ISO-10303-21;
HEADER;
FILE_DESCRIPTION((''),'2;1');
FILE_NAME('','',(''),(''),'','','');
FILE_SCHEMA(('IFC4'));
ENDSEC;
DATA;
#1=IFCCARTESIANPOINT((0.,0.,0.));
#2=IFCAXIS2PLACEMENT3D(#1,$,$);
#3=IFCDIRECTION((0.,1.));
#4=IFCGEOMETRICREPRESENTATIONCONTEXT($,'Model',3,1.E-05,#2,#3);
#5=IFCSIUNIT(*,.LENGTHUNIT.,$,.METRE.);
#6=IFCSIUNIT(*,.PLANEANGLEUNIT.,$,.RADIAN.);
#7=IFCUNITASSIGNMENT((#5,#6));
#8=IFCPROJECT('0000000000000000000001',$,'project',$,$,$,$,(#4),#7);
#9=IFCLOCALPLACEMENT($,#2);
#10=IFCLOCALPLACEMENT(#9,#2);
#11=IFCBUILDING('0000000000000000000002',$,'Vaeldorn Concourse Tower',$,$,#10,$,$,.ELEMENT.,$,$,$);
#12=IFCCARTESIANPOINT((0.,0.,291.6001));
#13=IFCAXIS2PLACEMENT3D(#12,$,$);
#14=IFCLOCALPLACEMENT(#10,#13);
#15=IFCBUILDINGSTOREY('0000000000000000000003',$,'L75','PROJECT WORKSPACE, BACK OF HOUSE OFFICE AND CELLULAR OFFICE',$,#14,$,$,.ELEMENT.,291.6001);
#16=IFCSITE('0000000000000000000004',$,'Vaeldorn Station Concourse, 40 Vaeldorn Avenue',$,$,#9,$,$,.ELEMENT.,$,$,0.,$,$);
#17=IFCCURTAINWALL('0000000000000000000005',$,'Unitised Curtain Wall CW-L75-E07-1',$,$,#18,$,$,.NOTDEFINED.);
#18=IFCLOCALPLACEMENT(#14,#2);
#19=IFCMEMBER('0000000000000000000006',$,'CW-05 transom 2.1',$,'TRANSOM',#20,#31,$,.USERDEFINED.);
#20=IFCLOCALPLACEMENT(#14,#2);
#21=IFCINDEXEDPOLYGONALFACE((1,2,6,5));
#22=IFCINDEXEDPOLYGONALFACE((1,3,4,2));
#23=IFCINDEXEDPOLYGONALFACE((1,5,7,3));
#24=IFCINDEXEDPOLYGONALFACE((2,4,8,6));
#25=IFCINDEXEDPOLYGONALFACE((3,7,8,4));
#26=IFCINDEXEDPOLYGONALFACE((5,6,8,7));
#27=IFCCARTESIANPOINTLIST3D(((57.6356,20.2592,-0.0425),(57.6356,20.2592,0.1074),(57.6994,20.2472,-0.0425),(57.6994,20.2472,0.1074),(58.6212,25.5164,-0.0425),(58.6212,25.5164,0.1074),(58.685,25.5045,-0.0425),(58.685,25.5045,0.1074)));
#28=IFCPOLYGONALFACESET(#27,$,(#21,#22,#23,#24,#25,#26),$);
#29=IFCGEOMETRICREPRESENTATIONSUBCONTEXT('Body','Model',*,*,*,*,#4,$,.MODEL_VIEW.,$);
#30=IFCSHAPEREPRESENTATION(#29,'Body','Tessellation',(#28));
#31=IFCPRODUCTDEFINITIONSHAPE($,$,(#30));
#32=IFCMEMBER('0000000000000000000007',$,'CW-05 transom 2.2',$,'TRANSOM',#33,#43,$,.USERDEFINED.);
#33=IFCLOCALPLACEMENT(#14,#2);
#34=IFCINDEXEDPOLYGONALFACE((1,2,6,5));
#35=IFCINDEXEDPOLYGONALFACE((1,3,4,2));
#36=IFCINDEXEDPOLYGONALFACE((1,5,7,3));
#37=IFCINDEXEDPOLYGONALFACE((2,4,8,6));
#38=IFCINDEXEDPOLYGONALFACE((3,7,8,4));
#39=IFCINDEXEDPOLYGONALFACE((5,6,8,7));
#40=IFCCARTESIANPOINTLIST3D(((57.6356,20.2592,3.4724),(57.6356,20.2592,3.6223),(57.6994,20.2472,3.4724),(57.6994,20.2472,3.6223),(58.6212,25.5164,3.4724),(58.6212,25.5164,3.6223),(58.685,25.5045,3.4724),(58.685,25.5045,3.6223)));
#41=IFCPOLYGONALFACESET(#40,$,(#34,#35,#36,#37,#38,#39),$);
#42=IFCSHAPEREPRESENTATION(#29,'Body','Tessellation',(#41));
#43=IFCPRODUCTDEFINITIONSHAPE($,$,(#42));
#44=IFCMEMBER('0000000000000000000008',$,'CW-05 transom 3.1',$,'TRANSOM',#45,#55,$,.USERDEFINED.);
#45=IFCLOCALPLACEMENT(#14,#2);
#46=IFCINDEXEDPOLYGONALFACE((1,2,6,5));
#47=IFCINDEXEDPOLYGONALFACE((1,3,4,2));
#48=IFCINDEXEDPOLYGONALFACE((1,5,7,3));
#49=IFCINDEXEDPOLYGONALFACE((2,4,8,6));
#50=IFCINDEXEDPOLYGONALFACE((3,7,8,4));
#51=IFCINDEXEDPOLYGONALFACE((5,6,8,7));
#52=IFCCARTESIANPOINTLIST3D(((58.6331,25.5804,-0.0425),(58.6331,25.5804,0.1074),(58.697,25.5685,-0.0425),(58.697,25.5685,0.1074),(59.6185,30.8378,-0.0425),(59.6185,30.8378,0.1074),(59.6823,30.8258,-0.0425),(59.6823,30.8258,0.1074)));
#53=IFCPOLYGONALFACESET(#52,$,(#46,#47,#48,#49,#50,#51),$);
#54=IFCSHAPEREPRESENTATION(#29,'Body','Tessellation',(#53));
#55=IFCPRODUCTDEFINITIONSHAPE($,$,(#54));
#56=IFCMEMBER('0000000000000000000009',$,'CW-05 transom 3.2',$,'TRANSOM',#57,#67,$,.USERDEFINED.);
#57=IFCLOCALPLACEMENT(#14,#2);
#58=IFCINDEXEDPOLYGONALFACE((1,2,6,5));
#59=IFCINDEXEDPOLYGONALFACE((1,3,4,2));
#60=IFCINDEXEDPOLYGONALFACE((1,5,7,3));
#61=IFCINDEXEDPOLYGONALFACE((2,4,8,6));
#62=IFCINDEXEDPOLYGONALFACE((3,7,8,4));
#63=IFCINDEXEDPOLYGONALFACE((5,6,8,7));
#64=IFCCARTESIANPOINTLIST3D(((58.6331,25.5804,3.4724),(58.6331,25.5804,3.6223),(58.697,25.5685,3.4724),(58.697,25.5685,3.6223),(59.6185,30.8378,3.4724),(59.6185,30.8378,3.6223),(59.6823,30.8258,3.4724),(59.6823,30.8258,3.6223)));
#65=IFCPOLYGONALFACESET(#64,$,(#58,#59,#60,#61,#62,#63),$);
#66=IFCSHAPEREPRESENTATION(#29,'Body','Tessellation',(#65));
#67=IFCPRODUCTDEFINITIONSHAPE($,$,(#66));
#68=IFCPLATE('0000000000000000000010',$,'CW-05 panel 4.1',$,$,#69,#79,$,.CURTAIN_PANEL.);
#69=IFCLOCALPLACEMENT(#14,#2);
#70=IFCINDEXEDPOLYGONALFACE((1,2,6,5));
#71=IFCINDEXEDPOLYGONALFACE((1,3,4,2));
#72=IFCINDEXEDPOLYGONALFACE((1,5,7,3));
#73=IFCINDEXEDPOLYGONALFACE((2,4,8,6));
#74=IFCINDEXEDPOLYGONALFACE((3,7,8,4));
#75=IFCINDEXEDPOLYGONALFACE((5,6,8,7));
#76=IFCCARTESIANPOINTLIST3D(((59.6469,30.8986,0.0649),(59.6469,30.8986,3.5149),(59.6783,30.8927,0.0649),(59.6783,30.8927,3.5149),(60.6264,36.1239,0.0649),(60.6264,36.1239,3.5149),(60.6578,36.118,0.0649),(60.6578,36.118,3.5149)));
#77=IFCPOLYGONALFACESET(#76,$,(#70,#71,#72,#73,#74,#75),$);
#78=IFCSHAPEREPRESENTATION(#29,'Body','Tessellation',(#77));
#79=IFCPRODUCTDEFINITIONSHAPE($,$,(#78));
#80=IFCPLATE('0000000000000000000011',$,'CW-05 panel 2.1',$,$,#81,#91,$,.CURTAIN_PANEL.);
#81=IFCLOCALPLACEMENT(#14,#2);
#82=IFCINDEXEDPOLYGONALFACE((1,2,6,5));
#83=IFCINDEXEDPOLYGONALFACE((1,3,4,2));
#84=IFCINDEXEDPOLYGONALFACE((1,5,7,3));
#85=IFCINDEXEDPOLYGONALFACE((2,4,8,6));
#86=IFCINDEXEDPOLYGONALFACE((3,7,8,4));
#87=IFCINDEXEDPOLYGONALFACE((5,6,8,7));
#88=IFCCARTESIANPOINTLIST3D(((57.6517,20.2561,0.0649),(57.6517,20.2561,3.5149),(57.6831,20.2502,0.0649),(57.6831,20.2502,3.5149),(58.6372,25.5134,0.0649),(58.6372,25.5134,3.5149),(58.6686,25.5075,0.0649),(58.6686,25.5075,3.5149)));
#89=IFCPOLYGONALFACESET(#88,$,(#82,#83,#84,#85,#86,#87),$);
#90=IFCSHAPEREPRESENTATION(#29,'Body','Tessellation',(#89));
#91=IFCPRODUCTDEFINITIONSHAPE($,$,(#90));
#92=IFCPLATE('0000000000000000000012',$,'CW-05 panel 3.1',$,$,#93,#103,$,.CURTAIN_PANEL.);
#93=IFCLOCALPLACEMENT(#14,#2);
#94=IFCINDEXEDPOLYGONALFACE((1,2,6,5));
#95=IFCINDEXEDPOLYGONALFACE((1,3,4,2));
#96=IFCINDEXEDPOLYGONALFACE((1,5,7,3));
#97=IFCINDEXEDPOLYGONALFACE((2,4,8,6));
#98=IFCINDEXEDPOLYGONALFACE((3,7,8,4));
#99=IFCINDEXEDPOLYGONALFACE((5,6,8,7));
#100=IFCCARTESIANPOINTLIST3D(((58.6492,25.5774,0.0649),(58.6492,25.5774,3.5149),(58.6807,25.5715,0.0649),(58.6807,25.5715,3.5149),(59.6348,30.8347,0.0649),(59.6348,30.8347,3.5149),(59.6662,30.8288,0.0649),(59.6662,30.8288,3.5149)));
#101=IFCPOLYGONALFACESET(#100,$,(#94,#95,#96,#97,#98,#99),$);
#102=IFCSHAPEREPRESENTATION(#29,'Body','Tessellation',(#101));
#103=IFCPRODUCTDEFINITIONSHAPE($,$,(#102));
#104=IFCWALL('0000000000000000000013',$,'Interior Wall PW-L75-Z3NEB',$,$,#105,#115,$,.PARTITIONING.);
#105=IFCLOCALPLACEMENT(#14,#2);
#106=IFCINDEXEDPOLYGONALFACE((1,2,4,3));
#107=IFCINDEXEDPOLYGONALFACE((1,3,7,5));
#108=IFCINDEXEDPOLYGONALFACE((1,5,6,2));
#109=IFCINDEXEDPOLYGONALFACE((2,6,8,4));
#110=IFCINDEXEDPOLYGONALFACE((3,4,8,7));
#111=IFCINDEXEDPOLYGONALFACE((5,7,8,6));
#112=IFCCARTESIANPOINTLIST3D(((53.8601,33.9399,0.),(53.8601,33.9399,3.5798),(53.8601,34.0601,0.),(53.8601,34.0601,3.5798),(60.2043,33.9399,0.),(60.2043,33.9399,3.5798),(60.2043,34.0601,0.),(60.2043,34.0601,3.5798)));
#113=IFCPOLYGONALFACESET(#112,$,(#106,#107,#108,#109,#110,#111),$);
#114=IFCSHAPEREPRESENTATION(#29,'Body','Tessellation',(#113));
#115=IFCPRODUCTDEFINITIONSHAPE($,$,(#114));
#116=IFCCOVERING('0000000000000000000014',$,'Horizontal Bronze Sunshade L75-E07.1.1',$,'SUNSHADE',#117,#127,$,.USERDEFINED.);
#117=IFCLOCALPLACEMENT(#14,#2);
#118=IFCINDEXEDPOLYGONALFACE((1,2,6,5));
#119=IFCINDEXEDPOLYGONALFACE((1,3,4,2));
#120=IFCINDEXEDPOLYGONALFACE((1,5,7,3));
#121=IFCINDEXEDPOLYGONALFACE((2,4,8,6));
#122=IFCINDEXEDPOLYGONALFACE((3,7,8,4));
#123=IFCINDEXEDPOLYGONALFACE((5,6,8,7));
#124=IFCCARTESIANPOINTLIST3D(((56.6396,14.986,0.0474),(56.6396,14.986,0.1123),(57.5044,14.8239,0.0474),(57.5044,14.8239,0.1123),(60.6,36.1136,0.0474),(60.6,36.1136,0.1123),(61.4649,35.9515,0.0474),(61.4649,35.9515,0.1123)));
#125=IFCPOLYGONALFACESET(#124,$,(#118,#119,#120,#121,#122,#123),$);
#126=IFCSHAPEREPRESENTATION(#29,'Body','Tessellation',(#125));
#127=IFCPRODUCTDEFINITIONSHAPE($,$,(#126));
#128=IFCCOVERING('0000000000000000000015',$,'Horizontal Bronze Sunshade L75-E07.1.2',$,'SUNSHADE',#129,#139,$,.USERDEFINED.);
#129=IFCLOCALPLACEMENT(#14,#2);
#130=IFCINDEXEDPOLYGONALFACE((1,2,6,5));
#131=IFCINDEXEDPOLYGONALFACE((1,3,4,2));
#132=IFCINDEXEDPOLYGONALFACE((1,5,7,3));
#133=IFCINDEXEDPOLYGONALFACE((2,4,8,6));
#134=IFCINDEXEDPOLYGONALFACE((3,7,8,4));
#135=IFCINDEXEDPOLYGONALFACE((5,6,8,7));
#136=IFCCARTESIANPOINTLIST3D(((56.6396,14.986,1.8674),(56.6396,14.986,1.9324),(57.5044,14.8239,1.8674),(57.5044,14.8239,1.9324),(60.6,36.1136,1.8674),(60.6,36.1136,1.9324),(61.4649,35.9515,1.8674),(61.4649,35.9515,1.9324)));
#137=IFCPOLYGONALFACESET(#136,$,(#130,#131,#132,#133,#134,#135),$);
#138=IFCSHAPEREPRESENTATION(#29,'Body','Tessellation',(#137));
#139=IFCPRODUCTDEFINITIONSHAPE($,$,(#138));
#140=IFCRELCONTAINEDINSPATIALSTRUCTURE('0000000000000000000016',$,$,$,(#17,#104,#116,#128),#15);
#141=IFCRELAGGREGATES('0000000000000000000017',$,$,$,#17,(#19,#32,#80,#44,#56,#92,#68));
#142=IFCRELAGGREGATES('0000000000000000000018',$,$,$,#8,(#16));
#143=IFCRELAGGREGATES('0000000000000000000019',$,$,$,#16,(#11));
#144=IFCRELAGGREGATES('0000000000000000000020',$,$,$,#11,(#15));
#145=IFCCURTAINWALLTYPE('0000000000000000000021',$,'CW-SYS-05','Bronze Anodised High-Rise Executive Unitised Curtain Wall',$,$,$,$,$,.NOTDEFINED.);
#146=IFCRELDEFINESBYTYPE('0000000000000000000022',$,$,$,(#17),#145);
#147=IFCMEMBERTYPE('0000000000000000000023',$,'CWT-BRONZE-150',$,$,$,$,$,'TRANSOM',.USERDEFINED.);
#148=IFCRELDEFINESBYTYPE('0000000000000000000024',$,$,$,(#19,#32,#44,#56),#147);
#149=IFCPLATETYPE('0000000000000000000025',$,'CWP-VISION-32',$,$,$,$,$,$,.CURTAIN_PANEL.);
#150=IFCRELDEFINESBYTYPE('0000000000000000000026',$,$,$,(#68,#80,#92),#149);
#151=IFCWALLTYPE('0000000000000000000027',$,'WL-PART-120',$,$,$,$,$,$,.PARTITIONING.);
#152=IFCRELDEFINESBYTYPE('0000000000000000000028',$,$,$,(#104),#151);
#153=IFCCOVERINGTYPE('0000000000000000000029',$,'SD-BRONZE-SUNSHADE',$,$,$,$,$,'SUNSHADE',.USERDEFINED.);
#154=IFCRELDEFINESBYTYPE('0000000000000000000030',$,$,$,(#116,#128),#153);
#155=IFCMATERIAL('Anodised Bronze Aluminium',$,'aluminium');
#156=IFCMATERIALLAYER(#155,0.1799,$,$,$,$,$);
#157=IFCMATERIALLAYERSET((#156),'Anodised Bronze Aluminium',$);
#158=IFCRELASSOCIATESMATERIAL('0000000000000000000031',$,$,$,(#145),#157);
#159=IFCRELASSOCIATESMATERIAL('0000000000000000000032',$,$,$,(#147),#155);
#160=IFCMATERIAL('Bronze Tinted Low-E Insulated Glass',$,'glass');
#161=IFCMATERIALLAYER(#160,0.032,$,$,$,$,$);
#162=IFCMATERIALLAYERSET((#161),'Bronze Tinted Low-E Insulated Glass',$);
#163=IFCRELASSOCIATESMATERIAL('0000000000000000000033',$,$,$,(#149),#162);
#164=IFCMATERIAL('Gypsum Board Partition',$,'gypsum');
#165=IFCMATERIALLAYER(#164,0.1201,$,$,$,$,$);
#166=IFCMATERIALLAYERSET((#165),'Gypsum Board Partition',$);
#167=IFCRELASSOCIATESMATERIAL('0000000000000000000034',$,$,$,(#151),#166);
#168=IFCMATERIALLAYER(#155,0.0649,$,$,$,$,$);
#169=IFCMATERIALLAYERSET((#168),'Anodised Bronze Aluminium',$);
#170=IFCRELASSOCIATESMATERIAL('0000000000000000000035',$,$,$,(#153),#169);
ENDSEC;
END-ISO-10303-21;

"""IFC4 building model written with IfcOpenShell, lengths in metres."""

from ifc_helpers import new_model, si_unit, direction, frame, frame_2d, origin, origin_2d, place, context, subcontext, project, spatial, rectangle, extrude, source, transform, mapped, material, layer, layer_set, material_profile, profile_set, type_object, element, aggregate, save


model = new_model("IFC4")

# Units and contexts
model_context = context("Model", 3, precision=1e-05, world=origin(), true_north=direction((0.0, 1.0)))
body_context = subcontext(model_context, "Body", "Model", "MODEL_VIEW")
ifc_project = project(units=[si_unit("LENGTHUNIT", "METRE"), si_unit("PLANEANGLEUNIT", "RADIAN")], contexts=[model_context])

# Site, building, storey
site_placement = place(None, origin())
site = spatial("IfcSite", under=ifc_project, at=site_placement, Name="Vaeldorn Station Concourse, 40 Vaeldorn Avenue", CompositionType="ELEMENT", RefElevation=0.0)
building_placement = place(site_placement, origin())
building = spatial("IfcBuilding", under=site, at=building_placement, Name="Vaeldorn Concourse Tower", CompositionType="ELEMENT")
storey_placement = place(building_placement, frame((0.0, 0.0, 291.6001)))
storey = spatial("IfcBuildingStorey", under=building, at=storey_placement, Name="L75", Description="PROJECT WORKSPACE, BACK OF HOUSE OFFICE AND CELLULAR OFFICE", CompositionType="ELEMENT", Elevation=291.6001)

# Curtain wall, members, plates
ifc_material_1 = material(Name="Anodised Bronze Aluminium", Category="aluminium")
ifc_layer_1 = layer(ifc_material_1, 0.1799)
ifc_layer_set_1 = layer_set([ifc_layer_1], Name="Anodised Bronze Aluminium")
curtain_wall_type = type_object("IfcCurtainWallType", Name="CW-SYS-05", Description="Bronze Anodised High-Rise Executive Unitised Curtain Wall", PredefinedType="NOTDEFINED", material=ifc_layer_set_1)
curtain_wall_placement = place(storey_placement, origin())
curtain_wall = element("IfcCurtainWall", 1, at=curtain_wall_placement, inside=storey, type_object=curtain_wall_type, Name="Unitised Curtain Wall CW-L75-E07-1", PredefinedType="NOTDEFINED")
ifc_material_profile_1 = material_profile(ifc_material_1, rectangle(XDim=0.0649, YDim=0.1499, at=origin_2d()), Name="CWT 65x150")
ifc_profile_set_1 = profile_set([ifc_material_profile_1], Name="Anodised Bronze Aluminium")
member_type_1 = type_object("IfcMemberType", Name="CWT-BRONZE-150", ElementType="TRANSOM", PredefinedType="USERDEFINED", material=ifc_profile_set_1)
shared_shape_1 = source(origin(), body_context, "Body", "SweptSolid", [
    extrude(rectangle(XDim=0.0649, YDim=0.1499, at=origin_2d()), origin(), (0.0, 0.0, 1.0), 5.3489),
])
member_1_placement = place(storey_placement, frame((57.6675, 20.2532, 0.0325), z_axis=(0.184261, 0.982877, 0.0), x_axis=(-0.982877, 0.184261, 0.0)))
member_1 = element("IfcMember", 2, at=member_1_placement, type_object=member_type_1, Name="CW-05 transom 2.1", ObjectType="TRANSOM", PredefinedType="USERDEFINED", context=body_context, shape_type="MappedRepresentation", body=[
    mapped(shared_shape_1, transform((0.0, 0.0, 0.0), scale=1.0)),
])
member_2_placement = place(storey_placement, frame((57.6675, 20.2532, 3.5474), z_axis=(0.184261, 0.982877, 0.0), x_axis=(-0.982877, 0.184261, 0.0)))
member_2 = element("IfcMember", 3, at=member_2_placement, type_object=member_type_1, Name="CW-05 transom 2.2", ObjectType="TRANSOM", PredefinedType="USERDEFINED", context=body_context, shape_type="MappedRepresentation", body=[
    mapped(shared_shape_1, transform((0.0, 0.0, 0.0), scale=1.0)),
])
member_3_placement = place(storey_placement, frame((58.665, 25.5745, 0.0325), z_axis=(0.184217, 0.982886, 0.0), x_axis=(-0.982886, 0.184217, 0.0)))
member_3 = element("IfcMember", 4, at=member_3_placement, type_object=member_type_1, Name="CW-05 transom 3.1", ObjectType="TRANSOM", PredefinedType="USERDEFINED", context=body_context, shape_type="MappedRepresentation", body=[
    mapped(shared_shape_1, transform((0.0, 0.0, 0.0), scale=1.0)),
])
member_4_placement = place(storey_placement, frame((58.665, 25.5745, 3.5474), z_axis=(0.184217, 0.982886, 0.0), x_axis=(-0.982886, 0.184217, 0.0)))
member_4 = element("IfcMember", 5, at=member_4_placement, type_object=member_type_1, Name="CW-05 transom 3.2", ObjectType="TRANSOM", PredefinedType="USERDEFINED", context=body_context, shape_type="MappedRepresentation", body=[
    mapped(shared_shape_1, transform((0.0, 0.0, 0.0), scale=1.0)),
])
ifc_material_2 = material(Name="Bronze Tinted Low-E Insulated Glass", Category="glass")
ifc_layer_2 = layer(ifc_material_2, 0.032)
ifc_layer_set_2 = layer_set([ifc_layer_2], Name="Bronze Tinted Low-E Insulated Glass")
plate_type = type_object("IfcPlateType", Name="CWP-VISION-32", PredefinedType="CURTAIN_PANEL", material=ifc_layer_set_2)
shared_shape_2 = source(origin(), body_context, "Body", "SweptSolid", [
    extrude(rectangle(XDim=5.3164, YDim=0.032, at=origin_2d()), origin(), (0.0, 0.0, 1.0), 3.45),
])
plate_1_placement = place(storey_placement, frame((60.1523, 33.5083, 0.0649), z_axis=(0.0, 0.0, 1.0), x_axis=(0.184247, 0.98288, 0.0)))
plate_1 = element("IfcPlate", 6, at=plate_1_placement, type_object=plate_type, Name="CW-05 panel 4.1", PredefinedType="CURTAIN_PANEL", context=body_context, shape_type="MappedRepresentation", body=[
    mapped(shared_shape_2, transform((0.0, 0.0, 0.0), scale=1.0)),
])
shared_shape_3 = source(origin(), body_context, "Body", "SweptSolid", [
    extrude(rectangle(XDim=5.3489, YDim=0.032, at=origin_2d()), origin(), (0.0, 0.0, 1.0), 3.45),
])
plate_2_placement = place(storey_placement, frame((58.1602, 22.8818, 0.0649), z_axis=(0.0, 0.0, 1.0), x_axis=(0.184247, 0.98288, 0.0)))
plate_2 = element("IfcPlate", 7, at=plate_2_placement, type_object=plate_type, Name="CW-05 panel 2.1", PredefinedType="CURTAIN_PANEL", context=body_context, shape_type="MappedRepresentation", body=[
    mapped(shared_shape_3, transform((0.0, 0.0, 0.0), scale=1.0)),
])
plate_3_placement = place(storey_placement, frame((59.1577, 28.2031, 0.0649), z_axis=(0.0, 0.0, 1.0), x_axis=(0.184247, 0.98288, 0.0)))
plate_3 = element("IfcPlate", 8, at=plate_3_placement, type_object=plate_type, Name="CW-05 panel 3.1", PredefinedType="CURTAIN_PANEL", context=body_context, shape_type="MappedRepresentation", body=[
    mapped(shared_shape_3, transform((0.0, 0.0, 0.0), scale=1.0)),
])
aggregate(curtain_wall, [member_1, member_2, plate_2, member_3, member_4, plate_3, plate_1])

# Shared definitions
ifc_material_3 = material(Name="Gypsum Board Partition", Category="gypsum")
ifc_layer_3 = layer(ifc_material_3, 0.1201)
ifc_layer_set_3 = layer_set([ifc_layer_3], Name="Gypsum Board Partition")
wall_type = type_object("IfcWallType", Name="WL-PART-120", PredefinedType="PARTITIONING", material=ifc_layer_set_3)

# Wall
wall_1_placement = place(storey_placement, frame((53.8601, 34.0, 0.0), z_axis=(0.0, 0.0, 1.0), x_axis=(1.0, 0.0, 0.0)))
element("IfcWall", 9, at=wall_1_placement, inside=storey, type_object=wall_type, Name="Interior Wall PW-L75-Z3NEB", PredefinedType="PARTITIONING", context=body_context, shape_type="SweptSolid", body=[
    extrude(rectangle(XDim=6.3442, YDim=0.1201, at=frame_2d((3.1721, 0.0))), origin(), (0.0, 0.0, 1.0), 3.5798),
])

# Coverings
ifc_layer_4 = layer(ifc_material_1, 0.0649)
ifc_layer_set_4 = layer_set([ifc_layer_4], Name="Anodised Bronze Aluminium")
covering_type = type_object("IfcCoveringType", Name="SD-BRONZE-SUNSHADE", ElementType="SUNSHADE", PredefinedType="USERDEFINED", material=ifc_layer_set_4)
shared_shape_4 = source(origin(), body_context, "Body", "SweptSolid", [
    extrude(rectangle(XDim=21.4956, YDim=0.8799, at=origin_2d()), origin(), (0.0, 0.0, 1.0), 0.0649),
])
for number, where, z_axis, x_axis, name in (
    (10, (59.0522, 25.4688, 0.0474), (0.0, 0.0, 1.0), (0.184243, 0.982881, 0.0), "Horizontal Bronze Sunshade L75-E07.1.1"),
    (11, (59.0522, 25.4688, 1.8674), (0.0, 0.0, 1.0), (0.184243, 0.982881, 0.0), "Horizontal Bronze Sunshade L75-E07.1.2"),
):
    element("IfcCovering", number, at=place(storey_placement, frame(where, z_axis=z_axis, x_axis=x_axis)), inside=storey, type_object=covering_type, Name=name, ObjectType="SUNSHADE", PredefinedType="USERDEFINED", context=body_context, shape_type="MappedRepresentation", body=[
        mapped(shared_shape_4, transform((0.0, 0.0, 0.0), scale=1.0)),
    ])

save(model, "model.ifc")
